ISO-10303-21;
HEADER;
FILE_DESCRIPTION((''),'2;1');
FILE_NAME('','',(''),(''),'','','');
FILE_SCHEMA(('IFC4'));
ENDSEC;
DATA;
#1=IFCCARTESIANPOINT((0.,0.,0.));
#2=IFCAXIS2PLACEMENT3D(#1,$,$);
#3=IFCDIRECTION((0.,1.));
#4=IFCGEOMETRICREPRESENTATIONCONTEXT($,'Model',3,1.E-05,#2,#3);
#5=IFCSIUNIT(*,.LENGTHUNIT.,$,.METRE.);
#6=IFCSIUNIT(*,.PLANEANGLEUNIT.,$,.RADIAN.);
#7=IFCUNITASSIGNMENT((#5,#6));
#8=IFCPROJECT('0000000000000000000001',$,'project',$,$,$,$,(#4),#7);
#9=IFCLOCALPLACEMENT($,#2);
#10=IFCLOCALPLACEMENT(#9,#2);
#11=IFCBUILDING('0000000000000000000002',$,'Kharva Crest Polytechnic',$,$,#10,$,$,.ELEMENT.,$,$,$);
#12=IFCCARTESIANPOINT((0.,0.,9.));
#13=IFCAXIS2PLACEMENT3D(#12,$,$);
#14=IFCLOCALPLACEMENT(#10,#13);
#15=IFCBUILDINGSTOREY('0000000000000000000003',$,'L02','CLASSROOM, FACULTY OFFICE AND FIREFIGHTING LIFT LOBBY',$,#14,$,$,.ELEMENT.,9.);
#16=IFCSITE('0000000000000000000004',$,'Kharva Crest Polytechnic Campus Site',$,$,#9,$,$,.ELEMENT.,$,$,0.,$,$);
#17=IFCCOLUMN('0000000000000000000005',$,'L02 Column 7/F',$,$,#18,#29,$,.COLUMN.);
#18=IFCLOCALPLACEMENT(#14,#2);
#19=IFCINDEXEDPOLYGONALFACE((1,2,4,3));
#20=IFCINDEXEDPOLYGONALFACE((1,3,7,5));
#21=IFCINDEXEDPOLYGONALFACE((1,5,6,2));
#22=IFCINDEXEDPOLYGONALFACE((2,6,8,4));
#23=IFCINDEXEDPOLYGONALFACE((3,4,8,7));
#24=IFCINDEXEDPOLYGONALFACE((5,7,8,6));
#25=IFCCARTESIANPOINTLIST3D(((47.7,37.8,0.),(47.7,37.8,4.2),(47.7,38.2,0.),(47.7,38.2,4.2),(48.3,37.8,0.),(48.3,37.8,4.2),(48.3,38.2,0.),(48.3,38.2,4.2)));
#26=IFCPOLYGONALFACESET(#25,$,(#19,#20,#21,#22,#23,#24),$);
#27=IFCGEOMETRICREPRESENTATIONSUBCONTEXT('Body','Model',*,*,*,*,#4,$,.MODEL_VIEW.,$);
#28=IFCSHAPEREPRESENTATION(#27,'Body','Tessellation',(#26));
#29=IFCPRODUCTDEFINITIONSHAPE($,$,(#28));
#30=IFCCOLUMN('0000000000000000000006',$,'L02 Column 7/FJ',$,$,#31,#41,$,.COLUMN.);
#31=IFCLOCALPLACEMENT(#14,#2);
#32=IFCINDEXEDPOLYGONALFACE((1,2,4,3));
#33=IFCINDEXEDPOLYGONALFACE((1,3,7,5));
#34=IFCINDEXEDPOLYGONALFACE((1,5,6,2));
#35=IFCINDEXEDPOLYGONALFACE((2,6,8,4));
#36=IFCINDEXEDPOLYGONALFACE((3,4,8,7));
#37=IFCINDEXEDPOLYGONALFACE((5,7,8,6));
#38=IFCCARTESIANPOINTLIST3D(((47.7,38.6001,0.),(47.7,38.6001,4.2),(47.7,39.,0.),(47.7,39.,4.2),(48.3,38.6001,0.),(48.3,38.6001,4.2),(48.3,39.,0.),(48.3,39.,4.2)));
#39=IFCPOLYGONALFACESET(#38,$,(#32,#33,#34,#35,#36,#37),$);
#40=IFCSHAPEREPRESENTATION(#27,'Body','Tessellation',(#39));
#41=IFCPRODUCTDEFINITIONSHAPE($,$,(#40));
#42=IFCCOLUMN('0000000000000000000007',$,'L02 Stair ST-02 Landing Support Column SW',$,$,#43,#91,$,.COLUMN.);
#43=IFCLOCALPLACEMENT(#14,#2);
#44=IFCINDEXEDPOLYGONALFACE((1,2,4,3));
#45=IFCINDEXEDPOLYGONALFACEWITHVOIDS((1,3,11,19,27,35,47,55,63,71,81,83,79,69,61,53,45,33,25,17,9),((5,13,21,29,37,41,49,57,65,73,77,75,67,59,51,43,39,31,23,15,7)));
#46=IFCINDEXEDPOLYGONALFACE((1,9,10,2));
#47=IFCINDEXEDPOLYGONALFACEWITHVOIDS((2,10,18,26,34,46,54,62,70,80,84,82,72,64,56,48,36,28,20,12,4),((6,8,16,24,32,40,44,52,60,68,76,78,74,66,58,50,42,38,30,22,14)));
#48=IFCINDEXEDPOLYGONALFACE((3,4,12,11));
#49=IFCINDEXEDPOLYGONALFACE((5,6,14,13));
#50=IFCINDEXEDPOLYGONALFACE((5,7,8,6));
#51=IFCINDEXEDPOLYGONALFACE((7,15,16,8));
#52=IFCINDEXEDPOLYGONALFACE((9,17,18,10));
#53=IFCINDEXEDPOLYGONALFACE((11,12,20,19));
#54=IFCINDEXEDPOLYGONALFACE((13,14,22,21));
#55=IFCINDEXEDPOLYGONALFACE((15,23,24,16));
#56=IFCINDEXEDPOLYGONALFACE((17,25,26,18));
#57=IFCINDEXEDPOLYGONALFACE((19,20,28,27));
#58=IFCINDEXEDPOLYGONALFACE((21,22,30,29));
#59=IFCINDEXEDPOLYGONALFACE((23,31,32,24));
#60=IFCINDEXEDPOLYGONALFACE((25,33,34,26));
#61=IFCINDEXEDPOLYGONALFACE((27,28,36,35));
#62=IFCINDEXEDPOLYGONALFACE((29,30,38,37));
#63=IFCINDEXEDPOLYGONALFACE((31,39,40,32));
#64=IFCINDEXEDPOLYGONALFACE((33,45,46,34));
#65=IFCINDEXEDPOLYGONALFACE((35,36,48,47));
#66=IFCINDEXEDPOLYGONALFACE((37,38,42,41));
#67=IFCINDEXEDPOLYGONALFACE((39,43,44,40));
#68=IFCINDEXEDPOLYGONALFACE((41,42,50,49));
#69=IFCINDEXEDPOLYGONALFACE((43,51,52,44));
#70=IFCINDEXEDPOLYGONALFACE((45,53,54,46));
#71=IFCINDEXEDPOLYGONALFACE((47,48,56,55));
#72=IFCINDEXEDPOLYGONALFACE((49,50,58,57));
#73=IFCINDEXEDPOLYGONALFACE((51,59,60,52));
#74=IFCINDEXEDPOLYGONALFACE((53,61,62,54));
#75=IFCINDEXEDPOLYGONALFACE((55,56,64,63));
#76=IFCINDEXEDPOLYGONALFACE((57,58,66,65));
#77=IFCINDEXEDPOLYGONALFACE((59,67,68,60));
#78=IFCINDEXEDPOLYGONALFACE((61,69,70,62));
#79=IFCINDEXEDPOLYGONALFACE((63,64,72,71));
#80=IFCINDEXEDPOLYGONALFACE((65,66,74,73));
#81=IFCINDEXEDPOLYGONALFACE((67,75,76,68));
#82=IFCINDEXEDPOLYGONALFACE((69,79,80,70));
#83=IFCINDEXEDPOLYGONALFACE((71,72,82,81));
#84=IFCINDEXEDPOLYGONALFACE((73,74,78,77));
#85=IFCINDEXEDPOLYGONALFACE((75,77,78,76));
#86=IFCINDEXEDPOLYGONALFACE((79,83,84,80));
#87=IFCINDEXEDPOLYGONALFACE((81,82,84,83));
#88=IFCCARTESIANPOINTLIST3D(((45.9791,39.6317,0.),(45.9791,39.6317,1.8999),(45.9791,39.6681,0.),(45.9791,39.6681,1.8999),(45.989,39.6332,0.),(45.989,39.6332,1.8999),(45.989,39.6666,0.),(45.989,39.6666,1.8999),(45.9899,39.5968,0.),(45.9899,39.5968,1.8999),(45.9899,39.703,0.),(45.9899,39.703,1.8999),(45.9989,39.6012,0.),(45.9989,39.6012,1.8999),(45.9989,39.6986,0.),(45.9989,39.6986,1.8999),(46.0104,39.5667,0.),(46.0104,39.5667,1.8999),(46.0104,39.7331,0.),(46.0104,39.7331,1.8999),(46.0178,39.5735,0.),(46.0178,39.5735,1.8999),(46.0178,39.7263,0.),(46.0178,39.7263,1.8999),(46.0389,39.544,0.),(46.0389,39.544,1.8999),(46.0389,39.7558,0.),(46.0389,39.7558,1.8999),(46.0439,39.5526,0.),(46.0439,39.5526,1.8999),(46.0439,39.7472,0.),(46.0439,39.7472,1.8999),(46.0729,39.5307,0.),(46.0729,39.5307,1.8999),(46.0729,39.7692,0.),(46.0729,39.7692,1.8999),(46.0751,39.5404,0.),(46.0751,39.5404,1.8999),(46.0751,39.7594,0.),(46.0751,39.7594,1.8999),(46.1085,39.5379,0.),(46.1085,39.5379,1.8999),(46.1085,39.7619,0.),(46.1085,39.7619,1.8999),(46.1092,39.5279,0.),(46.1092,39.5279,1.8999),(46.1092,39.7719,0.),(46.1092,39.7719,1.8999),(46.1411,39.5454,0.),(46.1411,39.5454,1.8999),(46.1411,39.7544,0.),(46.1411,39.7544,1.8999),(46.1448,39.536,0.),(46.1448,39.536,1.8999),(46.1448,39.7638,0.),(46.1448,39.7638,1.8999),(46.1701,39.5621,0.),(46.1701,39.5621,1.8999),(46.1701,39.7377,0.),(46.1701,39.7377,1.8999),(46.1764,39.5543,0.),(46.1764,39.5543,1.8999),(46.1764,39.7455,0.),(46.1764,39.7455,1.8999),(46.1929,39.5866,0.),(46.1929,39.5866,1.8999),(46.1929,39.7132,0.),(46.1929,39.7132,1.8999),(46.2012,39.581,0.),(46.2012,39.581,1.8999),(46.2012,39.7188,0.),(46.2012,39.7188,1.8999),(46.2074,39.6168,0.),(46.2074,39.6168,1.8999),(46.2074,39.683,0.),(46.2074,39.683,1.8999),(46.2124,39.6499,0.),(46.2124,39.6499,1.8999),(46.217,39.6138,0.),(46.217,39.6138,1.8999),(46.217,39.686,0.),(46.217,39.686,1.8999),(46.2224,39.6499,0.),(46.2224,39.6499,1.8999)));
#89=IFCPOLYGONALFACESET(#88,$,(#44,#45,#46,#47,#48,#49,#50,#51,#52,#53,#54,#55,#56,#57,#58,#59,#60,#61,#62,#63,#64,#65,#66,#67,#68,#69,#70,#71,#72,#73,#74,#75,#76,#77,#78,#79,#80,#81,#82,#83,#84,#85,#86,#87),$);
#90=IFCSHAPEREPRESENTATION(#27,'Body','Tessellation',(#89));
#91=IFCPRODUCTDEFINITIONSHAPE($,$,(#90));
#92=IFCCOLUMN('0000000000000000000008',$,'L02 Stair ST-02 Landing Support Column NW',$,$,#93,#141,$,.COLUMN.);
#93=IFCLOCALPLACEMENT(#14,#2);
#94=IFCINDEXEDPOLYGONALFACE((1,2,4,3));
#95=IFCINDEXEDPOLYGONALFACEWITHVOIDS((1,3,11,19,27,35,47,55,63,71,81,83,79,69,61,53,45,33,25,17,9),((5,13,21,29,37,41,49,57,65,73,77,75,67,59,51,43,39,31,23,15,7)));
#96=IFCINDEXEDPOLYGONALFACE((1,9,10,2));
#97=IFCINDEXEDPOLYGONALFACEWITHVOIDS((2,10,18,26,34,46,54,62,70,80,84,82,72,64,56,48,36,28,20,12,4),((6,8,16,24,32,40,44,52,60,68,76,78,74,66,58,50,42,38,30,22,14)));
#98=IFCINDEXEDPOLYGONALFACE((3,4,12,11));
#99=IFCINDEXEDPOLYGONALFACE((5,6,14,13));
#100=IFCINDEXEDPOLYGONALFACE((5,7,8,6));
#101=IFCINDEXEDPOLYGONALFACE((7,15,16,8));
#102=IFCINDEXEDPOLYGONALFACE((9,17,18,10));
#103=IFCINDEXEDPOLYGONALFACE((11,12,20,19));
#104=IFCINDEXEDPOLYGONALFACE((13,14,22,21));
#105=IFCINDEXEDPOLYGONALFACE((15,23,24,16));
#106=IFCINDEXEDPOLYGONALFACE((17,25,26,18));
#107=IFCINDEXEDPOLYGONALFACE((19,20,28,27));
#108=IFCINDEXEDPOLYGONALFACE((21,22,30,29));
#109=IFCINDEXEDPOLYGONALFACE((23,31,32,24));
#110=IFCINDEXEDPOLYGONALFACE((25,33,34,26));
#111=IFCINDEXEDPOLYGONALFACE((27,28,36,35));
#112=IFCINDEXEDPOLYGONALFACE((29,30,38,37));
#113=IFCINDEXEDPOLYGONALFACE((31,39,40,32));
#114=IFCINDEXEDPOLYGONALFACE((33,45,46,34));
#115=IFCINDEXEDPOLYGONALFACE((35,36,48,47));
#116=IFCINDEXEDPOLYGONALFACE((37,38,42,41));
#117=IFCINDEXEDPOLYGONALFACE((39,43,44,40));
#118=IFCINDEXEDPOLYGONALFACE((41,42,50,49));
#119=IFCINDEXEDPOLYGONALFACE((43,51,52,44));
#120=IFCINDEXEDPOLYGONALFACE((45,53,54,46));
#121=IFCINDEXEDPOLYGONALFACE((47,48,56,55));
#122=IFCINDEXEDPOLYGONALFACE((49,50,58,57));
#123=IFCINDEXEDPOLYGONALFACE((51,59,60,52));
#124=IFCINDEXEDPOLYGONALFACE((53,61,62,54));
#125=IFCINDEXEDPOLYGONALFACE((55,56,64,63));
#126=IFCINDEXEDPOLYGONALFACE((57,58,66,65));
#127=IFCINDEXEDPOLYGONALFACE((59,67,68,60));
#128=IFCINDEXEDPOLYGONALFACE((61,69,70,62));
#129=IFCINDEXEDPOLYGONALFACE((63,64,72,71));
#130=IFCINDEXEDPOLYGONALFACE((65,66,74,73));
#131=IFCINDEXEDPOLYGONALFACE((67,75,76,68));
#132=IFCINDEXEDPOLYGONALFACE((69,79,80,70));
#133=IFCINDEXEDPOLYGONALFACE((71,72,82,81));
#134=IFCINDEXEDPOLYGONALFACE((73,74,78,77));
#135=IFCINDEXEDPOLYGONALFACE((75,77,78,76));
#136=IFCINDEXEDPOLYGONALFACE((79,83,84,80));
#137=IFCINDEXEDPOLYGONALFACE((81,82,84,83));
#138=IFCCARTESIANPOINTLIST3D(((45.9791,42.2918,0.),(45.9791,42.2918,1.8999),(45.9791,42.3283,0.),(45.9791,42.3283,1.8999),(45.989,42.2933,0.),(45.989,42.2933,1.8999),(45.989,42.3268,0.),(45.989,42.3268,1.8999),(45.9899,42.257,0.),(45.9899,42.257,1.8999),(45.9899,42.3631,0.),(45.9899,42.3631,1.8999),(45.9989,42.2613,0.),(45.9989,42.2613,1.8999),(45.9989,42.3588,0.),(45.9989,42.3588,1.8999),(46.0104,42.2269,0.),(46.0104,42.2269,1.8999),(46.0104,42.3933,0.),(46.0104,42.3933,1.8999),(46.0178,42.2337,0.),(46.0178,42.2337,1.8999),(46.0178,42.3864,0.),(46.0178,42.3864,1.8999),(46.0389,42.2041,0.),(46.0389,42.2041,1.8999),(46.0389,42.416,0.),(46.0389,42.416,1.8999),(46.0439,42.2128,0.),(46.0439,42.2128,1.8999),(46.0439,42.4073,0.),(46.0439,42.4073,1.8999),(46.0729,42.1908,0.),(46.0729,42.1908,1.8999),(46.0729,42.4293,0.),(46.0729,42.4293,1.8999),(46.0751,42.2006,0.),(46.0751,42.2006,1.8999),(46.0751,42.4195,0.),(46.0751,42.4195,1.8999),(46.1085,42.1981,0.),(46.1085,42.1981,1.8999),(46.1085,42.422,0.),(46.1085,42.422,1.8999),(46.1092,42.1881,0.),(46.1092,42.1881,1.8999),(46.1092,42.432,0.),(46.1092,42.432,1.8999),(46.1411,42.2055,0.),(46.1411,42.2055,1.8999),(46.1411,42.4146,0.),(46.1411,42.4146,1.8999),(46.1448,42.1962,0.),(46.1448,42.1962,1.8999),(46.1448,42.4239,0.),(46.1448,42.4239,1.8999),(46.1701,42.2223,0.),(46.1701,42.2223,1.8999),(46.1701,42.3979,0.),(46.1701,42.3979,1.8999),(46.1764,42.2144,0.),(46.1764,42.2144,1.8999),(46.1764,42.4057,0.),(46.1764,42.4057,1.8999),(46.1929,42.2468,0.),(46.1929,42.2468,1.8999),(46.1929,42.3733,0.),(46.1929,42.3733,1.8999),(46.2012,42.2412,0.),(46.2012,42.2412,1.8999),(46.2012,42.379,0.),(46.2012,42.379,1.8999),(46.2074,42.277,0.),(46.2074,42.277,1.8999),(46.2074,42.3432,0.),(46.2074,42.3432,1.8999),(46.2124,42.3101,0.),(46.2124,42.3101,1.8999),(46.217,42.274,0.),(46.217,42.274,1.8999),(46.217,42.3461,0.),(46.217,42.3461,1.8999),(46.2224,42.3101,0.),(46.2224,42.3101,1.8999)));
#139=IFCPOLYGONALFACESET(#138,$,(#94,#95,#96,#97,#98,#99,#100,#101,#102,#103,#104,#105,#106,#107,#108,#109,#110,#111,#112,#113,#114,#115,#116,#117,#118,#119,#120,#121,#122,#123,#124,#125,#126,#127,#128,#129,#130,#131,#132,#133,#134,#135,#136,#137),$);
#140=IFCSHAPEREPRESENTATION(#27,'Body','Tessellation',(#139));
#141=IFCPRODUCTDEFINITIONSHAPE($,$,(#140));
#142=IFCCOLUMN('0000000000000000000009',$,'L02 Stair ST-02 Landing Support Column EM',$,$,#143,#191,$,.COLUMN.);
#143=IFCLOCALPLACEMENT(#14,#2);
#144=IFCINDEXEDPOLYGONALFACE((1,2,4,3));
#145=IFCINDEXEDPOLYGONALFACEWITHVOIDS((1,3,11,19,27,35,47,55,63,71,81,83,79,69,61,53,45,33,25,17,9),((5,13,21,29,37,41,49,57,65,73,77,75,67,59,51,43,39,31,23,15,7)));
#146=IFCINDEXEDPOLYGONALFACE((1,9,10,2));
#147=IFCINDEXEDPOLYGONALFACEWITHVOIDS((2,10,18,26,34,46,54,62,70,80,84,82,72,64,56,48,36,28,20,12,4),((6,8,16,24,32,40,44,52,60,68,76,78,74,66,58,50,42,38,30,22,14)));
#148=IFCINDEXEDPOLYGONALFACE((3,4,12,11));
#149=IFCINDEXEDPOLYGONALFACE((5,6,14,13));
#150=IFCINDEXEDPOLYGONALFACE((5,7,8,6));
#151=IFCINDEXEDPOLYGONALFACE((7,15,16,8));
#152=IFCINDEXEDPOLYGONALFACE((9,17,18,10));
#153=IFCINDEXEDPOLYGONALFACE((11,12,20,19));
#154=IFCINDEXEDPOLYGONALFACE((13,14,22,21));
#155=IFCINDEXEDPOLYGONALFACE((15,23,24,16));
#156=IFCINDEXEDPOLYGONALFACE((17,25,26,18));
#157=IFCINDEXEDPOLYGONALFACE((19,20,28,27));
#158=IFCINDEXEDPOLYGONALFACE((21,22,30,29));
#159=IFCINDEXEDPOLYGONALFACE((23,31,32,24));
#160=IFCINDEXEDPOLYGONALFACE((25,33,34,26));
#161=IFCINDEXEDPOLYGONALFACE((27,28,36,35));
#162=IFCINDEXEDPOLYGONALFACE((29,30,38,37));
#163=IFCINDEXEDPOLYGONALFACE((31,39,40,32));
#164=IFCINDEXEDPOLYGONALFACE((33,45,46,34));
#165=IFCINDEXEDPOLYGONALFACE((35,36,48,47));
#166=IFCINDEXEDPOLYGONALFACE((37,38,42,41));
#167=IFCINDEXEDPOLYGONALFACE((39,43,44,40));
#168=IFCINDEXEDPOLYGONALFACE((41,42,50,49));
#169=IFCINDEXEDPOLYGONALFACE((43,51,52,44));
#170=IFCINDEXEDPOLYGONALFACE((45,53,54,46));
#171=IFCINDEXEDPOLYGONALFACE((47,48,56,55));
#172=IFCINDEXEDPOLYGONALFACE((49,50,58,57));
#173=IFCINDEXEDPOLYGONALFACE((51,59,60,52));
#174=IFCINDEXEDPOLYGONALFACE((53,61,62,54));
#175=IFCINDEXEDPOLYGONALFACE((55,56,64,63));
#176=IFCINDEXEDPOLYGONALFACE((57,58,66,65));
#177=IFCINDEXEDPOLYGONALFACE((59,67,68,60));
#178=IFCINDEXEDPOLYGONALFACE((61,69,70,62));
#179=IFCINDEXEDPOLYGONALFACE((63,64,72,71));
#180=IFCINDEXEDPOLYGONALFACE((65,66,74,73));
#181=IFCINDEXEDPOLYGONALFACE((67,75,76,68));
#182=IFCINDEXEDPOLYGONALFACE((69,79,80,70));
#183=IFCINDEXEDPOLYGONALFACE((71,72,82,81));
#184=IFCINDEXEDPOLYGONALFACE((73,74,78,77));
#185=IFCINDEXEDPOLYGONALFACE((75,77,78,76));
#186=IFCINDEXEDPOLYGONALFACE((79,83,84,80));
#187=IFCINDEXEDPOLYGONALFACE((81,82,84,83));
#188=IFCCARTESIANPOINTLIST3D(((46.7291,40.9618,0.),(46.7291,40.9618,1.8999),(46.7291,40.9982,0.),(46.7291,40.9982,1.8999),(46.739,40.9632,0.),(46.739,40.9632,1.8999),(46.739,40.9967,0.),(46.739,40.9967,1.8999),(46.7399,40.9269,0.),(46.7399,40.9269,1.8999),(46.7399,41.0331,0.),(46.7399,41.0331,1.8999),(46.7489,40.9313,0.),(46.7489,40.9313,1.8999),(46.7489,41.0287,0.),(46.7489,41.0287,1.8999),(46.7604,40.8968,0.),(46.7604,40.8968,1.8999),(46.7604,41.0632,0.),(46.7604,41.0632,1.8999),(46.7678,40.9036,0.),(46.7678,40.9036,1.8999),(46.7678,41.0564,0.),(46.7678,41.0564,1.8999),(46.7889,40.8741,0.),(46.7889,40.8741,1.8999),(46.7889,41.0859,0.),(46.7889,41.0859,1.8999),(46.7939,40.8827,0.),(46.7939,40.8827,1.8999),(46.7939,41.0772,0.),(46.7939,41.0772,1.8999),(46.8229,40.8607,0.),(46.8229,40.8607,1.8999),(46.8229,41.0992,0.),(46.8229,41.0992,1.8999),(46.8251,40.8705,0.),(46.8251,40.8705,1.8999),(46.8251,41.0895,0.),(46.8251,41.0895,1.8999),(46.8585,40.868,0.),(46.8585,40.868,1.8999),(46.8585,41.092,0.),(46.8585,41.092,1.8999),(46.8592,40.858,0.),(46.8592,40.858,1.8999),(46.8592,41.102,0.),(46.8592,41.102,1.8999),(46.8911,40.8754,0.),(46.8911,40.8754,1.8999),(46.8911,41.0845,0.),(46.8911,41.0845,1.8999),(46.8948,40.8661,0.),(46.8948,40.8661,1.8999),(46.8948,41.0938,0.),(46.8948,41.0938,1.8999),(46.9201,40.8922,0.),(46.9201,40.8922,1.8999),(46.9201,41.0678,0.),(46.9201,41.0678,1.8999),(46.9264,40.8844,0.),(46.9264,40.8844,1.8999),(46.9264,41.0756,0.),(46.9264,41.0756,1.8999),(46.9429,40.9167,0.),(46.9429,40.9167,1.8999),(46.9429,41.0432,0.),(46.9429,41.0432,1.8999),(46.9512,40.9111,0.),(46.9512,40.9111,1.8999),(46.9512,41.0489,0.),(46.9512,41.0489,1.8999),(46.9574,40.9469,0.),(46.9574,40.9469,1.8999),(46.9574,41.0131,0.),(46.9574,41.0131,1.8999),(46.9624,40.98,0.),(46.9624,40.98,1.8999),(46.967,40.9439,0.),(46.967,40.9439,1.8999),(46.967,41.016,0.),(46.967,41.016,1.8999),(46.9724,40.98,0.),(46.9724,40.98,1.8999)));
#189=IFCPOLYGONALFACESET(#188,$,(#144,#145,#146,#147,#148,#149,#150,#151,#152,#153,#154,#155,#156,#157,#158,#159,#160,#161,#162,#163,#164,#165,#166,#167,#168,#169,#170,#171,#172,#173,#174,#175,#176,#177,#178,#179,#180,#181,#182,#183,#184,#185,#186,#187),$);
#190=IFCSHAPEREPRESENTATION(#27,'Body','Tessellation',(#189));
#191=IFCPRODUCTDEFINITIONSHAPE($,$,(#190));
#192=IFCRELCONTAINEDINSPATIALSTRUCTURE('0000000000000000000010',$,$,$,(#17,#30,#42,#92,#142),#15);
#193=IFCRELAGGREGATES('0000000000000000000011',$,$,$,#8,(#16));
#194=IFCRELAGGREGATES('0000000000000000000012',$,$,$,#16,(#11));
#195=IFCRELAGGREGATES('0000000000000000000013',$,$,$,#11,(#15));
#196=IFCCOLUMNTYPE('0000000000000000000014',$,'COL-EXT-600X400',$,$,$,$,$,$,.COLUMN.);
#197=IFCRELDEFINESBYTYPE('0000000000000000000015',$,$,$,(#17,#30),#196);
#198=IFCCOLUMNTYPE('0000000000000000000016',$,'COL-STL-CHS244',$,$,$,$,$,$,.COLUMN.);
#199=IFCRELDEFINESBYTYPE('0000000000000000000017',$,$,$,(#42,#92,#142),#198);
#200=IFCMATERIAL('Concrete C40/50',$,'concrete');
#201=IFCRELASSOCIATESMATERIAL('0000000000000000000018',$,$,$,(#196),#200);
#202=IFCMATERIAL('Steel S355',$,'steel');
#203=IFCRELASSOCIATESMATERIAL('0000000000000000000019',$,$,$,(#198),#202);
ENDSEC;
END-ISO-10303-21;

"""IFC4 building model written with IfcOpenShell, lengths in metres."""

from ifc_helpers import new_model, si_unit, direction, frame, origin, origin_2d, place, context, subcontext, project, spatial, rectangle, hollow_circle, extrude, material, material_profile, profile_set, type_object, element, save


model = new_model("IFC4")

# Units and contexts
model_context = context("Model", 3, precision=1e-05, world=origin(), true_north=direction((0.0, 1.0)))
body_context = subcontext(model_context, "Body", "Model", "MODEL_VIEW")
ifc_project = project(units=[si_unit("LENGTHUNIT", "METRE"), si_unit("PLANEANGLEUNIT", "RADIAN")], contexts=[model_context])

# Site, building, storey
site_placement = place(None, origin())
site = spatial("IfcSite", under=ifc_project, at=site_placement, Name="Kharva Crest Polytechnic Campus Site", CompositionType="ELEMENT", RefElevation=0.0)
building_placement = place(site_placement, origin())
building = spatial("IfcBuilding", under=site, at=building_placement, Name="Kharva Crest Polytechnic", CompositionType="ELEMENT")
storey_placement = place(building_placement, frame((0.0, 0.0, 9.0)))
storey = spatial("IfcBuildingStorey", under=building, at=storey_placement, Name="L02", Description="CLASSROOM, FACULTY OFFICE AND FIREFIGHTING LIFT LOBBY", CompositionType="ELEMENT", Elevation=9.0)

# Columns
ifc_material_1 = material(Name="Concrete C40/50", Category="concrete")
ifc_material_profile_1 = material_profile(ifc_material_1, rectangle(XDim=0.6001, YDim=0.3999, at=origin_2d()), Name="RECT 600 X 400")
ifc_profile_set_1 = profile_set([ifc_material_profile_1], Name="Concrete C40/50")
column_type_1 = type_object("IfcColumnType", Name="COL-EXT-600X400", PredefinedType="COLUMN", material=ifc_profile_set_1)
for number, where, z_axis, x_axis, name in (
    (1, (48.0, 38.0, 0.0), (0.0, 0.0, 1.0), (1.0, 0.0, 0.0), "L02 Column 7/F"),
    (2, (48.0, 38.8, 0.0), (0.0, 0.0, 1.0), (1.0, 0.0, 0.0), "L02 Column 7/FJ"),
):
    element("IfcColumn", number, at=place(storey_placement, frame(where, z_axis=z_axis, x_axis=x_axis)), inside=storey, type_object=column_type_1, Name=name, PredefinedType="COLUMN", context=body_context, shape_type="SweptSolid", body=[
        extrude(rectangle(XDim=0.6001, YDim=0.3999, at=origin_2d()), origin(), (0.0, 0.0, 1.0), 4.2),
    ])
ifc_material_2 = material(Name="Steel S355", Category="steel")
ifc_material_profile_2 = material_profile(ifc_material_2, hollow_circle(Radius=0.1223, WallThickness=0.01, at=origin_2d()), Name="CHS 244.5X10.0")
ifc_profile_set_2 = profile_set([ifc_material_profile_2], Name="Steel S355")
column_type_2 = type_object("IfcColumnType", Name="COL-STL-CHS244", PredefinedType="COLUMN", material=ifc_profile_set_2)
for number, where, z_axis, x_axis, name in (
    (3, (46.1001, 39.6499, 0.0), (0.0, 0.0, 1.0), (1.0, 0.0, 0.0), "L02 Stair ST-02 Landing Support Column SW"),
    (4, (46.1001, 42.3101, 0.0), (0.0, 0.0, 1.0), (1.0, 0.0, 0.0), "L02 Stair ST-02 Landing Support Column NW"),
    (5, (46.8501, 40.98, 0.0), (0.0, 0.0, 1.0), (1.0, 0.0, 0.0), "L02 Stair ST-02 Landing Support Column EM"),
):
    element("IfcColumn", number, at=place(storey_placement, frame(where, z_axis=z_axis, x_axis=x_axis)), inside=storey, type_object=column_type_2, Name=name, PredefinedType="COLUMN", context=body_context, shape_type="SweptSolid", body=[
        extrude(hollow_circle(Radius=0.1223, WallThickness=0.01, at=origin_2d()), origin(), (0.0, 0.0, 1.0), 1.8999),
    ])

save(model, "model.ifc")
